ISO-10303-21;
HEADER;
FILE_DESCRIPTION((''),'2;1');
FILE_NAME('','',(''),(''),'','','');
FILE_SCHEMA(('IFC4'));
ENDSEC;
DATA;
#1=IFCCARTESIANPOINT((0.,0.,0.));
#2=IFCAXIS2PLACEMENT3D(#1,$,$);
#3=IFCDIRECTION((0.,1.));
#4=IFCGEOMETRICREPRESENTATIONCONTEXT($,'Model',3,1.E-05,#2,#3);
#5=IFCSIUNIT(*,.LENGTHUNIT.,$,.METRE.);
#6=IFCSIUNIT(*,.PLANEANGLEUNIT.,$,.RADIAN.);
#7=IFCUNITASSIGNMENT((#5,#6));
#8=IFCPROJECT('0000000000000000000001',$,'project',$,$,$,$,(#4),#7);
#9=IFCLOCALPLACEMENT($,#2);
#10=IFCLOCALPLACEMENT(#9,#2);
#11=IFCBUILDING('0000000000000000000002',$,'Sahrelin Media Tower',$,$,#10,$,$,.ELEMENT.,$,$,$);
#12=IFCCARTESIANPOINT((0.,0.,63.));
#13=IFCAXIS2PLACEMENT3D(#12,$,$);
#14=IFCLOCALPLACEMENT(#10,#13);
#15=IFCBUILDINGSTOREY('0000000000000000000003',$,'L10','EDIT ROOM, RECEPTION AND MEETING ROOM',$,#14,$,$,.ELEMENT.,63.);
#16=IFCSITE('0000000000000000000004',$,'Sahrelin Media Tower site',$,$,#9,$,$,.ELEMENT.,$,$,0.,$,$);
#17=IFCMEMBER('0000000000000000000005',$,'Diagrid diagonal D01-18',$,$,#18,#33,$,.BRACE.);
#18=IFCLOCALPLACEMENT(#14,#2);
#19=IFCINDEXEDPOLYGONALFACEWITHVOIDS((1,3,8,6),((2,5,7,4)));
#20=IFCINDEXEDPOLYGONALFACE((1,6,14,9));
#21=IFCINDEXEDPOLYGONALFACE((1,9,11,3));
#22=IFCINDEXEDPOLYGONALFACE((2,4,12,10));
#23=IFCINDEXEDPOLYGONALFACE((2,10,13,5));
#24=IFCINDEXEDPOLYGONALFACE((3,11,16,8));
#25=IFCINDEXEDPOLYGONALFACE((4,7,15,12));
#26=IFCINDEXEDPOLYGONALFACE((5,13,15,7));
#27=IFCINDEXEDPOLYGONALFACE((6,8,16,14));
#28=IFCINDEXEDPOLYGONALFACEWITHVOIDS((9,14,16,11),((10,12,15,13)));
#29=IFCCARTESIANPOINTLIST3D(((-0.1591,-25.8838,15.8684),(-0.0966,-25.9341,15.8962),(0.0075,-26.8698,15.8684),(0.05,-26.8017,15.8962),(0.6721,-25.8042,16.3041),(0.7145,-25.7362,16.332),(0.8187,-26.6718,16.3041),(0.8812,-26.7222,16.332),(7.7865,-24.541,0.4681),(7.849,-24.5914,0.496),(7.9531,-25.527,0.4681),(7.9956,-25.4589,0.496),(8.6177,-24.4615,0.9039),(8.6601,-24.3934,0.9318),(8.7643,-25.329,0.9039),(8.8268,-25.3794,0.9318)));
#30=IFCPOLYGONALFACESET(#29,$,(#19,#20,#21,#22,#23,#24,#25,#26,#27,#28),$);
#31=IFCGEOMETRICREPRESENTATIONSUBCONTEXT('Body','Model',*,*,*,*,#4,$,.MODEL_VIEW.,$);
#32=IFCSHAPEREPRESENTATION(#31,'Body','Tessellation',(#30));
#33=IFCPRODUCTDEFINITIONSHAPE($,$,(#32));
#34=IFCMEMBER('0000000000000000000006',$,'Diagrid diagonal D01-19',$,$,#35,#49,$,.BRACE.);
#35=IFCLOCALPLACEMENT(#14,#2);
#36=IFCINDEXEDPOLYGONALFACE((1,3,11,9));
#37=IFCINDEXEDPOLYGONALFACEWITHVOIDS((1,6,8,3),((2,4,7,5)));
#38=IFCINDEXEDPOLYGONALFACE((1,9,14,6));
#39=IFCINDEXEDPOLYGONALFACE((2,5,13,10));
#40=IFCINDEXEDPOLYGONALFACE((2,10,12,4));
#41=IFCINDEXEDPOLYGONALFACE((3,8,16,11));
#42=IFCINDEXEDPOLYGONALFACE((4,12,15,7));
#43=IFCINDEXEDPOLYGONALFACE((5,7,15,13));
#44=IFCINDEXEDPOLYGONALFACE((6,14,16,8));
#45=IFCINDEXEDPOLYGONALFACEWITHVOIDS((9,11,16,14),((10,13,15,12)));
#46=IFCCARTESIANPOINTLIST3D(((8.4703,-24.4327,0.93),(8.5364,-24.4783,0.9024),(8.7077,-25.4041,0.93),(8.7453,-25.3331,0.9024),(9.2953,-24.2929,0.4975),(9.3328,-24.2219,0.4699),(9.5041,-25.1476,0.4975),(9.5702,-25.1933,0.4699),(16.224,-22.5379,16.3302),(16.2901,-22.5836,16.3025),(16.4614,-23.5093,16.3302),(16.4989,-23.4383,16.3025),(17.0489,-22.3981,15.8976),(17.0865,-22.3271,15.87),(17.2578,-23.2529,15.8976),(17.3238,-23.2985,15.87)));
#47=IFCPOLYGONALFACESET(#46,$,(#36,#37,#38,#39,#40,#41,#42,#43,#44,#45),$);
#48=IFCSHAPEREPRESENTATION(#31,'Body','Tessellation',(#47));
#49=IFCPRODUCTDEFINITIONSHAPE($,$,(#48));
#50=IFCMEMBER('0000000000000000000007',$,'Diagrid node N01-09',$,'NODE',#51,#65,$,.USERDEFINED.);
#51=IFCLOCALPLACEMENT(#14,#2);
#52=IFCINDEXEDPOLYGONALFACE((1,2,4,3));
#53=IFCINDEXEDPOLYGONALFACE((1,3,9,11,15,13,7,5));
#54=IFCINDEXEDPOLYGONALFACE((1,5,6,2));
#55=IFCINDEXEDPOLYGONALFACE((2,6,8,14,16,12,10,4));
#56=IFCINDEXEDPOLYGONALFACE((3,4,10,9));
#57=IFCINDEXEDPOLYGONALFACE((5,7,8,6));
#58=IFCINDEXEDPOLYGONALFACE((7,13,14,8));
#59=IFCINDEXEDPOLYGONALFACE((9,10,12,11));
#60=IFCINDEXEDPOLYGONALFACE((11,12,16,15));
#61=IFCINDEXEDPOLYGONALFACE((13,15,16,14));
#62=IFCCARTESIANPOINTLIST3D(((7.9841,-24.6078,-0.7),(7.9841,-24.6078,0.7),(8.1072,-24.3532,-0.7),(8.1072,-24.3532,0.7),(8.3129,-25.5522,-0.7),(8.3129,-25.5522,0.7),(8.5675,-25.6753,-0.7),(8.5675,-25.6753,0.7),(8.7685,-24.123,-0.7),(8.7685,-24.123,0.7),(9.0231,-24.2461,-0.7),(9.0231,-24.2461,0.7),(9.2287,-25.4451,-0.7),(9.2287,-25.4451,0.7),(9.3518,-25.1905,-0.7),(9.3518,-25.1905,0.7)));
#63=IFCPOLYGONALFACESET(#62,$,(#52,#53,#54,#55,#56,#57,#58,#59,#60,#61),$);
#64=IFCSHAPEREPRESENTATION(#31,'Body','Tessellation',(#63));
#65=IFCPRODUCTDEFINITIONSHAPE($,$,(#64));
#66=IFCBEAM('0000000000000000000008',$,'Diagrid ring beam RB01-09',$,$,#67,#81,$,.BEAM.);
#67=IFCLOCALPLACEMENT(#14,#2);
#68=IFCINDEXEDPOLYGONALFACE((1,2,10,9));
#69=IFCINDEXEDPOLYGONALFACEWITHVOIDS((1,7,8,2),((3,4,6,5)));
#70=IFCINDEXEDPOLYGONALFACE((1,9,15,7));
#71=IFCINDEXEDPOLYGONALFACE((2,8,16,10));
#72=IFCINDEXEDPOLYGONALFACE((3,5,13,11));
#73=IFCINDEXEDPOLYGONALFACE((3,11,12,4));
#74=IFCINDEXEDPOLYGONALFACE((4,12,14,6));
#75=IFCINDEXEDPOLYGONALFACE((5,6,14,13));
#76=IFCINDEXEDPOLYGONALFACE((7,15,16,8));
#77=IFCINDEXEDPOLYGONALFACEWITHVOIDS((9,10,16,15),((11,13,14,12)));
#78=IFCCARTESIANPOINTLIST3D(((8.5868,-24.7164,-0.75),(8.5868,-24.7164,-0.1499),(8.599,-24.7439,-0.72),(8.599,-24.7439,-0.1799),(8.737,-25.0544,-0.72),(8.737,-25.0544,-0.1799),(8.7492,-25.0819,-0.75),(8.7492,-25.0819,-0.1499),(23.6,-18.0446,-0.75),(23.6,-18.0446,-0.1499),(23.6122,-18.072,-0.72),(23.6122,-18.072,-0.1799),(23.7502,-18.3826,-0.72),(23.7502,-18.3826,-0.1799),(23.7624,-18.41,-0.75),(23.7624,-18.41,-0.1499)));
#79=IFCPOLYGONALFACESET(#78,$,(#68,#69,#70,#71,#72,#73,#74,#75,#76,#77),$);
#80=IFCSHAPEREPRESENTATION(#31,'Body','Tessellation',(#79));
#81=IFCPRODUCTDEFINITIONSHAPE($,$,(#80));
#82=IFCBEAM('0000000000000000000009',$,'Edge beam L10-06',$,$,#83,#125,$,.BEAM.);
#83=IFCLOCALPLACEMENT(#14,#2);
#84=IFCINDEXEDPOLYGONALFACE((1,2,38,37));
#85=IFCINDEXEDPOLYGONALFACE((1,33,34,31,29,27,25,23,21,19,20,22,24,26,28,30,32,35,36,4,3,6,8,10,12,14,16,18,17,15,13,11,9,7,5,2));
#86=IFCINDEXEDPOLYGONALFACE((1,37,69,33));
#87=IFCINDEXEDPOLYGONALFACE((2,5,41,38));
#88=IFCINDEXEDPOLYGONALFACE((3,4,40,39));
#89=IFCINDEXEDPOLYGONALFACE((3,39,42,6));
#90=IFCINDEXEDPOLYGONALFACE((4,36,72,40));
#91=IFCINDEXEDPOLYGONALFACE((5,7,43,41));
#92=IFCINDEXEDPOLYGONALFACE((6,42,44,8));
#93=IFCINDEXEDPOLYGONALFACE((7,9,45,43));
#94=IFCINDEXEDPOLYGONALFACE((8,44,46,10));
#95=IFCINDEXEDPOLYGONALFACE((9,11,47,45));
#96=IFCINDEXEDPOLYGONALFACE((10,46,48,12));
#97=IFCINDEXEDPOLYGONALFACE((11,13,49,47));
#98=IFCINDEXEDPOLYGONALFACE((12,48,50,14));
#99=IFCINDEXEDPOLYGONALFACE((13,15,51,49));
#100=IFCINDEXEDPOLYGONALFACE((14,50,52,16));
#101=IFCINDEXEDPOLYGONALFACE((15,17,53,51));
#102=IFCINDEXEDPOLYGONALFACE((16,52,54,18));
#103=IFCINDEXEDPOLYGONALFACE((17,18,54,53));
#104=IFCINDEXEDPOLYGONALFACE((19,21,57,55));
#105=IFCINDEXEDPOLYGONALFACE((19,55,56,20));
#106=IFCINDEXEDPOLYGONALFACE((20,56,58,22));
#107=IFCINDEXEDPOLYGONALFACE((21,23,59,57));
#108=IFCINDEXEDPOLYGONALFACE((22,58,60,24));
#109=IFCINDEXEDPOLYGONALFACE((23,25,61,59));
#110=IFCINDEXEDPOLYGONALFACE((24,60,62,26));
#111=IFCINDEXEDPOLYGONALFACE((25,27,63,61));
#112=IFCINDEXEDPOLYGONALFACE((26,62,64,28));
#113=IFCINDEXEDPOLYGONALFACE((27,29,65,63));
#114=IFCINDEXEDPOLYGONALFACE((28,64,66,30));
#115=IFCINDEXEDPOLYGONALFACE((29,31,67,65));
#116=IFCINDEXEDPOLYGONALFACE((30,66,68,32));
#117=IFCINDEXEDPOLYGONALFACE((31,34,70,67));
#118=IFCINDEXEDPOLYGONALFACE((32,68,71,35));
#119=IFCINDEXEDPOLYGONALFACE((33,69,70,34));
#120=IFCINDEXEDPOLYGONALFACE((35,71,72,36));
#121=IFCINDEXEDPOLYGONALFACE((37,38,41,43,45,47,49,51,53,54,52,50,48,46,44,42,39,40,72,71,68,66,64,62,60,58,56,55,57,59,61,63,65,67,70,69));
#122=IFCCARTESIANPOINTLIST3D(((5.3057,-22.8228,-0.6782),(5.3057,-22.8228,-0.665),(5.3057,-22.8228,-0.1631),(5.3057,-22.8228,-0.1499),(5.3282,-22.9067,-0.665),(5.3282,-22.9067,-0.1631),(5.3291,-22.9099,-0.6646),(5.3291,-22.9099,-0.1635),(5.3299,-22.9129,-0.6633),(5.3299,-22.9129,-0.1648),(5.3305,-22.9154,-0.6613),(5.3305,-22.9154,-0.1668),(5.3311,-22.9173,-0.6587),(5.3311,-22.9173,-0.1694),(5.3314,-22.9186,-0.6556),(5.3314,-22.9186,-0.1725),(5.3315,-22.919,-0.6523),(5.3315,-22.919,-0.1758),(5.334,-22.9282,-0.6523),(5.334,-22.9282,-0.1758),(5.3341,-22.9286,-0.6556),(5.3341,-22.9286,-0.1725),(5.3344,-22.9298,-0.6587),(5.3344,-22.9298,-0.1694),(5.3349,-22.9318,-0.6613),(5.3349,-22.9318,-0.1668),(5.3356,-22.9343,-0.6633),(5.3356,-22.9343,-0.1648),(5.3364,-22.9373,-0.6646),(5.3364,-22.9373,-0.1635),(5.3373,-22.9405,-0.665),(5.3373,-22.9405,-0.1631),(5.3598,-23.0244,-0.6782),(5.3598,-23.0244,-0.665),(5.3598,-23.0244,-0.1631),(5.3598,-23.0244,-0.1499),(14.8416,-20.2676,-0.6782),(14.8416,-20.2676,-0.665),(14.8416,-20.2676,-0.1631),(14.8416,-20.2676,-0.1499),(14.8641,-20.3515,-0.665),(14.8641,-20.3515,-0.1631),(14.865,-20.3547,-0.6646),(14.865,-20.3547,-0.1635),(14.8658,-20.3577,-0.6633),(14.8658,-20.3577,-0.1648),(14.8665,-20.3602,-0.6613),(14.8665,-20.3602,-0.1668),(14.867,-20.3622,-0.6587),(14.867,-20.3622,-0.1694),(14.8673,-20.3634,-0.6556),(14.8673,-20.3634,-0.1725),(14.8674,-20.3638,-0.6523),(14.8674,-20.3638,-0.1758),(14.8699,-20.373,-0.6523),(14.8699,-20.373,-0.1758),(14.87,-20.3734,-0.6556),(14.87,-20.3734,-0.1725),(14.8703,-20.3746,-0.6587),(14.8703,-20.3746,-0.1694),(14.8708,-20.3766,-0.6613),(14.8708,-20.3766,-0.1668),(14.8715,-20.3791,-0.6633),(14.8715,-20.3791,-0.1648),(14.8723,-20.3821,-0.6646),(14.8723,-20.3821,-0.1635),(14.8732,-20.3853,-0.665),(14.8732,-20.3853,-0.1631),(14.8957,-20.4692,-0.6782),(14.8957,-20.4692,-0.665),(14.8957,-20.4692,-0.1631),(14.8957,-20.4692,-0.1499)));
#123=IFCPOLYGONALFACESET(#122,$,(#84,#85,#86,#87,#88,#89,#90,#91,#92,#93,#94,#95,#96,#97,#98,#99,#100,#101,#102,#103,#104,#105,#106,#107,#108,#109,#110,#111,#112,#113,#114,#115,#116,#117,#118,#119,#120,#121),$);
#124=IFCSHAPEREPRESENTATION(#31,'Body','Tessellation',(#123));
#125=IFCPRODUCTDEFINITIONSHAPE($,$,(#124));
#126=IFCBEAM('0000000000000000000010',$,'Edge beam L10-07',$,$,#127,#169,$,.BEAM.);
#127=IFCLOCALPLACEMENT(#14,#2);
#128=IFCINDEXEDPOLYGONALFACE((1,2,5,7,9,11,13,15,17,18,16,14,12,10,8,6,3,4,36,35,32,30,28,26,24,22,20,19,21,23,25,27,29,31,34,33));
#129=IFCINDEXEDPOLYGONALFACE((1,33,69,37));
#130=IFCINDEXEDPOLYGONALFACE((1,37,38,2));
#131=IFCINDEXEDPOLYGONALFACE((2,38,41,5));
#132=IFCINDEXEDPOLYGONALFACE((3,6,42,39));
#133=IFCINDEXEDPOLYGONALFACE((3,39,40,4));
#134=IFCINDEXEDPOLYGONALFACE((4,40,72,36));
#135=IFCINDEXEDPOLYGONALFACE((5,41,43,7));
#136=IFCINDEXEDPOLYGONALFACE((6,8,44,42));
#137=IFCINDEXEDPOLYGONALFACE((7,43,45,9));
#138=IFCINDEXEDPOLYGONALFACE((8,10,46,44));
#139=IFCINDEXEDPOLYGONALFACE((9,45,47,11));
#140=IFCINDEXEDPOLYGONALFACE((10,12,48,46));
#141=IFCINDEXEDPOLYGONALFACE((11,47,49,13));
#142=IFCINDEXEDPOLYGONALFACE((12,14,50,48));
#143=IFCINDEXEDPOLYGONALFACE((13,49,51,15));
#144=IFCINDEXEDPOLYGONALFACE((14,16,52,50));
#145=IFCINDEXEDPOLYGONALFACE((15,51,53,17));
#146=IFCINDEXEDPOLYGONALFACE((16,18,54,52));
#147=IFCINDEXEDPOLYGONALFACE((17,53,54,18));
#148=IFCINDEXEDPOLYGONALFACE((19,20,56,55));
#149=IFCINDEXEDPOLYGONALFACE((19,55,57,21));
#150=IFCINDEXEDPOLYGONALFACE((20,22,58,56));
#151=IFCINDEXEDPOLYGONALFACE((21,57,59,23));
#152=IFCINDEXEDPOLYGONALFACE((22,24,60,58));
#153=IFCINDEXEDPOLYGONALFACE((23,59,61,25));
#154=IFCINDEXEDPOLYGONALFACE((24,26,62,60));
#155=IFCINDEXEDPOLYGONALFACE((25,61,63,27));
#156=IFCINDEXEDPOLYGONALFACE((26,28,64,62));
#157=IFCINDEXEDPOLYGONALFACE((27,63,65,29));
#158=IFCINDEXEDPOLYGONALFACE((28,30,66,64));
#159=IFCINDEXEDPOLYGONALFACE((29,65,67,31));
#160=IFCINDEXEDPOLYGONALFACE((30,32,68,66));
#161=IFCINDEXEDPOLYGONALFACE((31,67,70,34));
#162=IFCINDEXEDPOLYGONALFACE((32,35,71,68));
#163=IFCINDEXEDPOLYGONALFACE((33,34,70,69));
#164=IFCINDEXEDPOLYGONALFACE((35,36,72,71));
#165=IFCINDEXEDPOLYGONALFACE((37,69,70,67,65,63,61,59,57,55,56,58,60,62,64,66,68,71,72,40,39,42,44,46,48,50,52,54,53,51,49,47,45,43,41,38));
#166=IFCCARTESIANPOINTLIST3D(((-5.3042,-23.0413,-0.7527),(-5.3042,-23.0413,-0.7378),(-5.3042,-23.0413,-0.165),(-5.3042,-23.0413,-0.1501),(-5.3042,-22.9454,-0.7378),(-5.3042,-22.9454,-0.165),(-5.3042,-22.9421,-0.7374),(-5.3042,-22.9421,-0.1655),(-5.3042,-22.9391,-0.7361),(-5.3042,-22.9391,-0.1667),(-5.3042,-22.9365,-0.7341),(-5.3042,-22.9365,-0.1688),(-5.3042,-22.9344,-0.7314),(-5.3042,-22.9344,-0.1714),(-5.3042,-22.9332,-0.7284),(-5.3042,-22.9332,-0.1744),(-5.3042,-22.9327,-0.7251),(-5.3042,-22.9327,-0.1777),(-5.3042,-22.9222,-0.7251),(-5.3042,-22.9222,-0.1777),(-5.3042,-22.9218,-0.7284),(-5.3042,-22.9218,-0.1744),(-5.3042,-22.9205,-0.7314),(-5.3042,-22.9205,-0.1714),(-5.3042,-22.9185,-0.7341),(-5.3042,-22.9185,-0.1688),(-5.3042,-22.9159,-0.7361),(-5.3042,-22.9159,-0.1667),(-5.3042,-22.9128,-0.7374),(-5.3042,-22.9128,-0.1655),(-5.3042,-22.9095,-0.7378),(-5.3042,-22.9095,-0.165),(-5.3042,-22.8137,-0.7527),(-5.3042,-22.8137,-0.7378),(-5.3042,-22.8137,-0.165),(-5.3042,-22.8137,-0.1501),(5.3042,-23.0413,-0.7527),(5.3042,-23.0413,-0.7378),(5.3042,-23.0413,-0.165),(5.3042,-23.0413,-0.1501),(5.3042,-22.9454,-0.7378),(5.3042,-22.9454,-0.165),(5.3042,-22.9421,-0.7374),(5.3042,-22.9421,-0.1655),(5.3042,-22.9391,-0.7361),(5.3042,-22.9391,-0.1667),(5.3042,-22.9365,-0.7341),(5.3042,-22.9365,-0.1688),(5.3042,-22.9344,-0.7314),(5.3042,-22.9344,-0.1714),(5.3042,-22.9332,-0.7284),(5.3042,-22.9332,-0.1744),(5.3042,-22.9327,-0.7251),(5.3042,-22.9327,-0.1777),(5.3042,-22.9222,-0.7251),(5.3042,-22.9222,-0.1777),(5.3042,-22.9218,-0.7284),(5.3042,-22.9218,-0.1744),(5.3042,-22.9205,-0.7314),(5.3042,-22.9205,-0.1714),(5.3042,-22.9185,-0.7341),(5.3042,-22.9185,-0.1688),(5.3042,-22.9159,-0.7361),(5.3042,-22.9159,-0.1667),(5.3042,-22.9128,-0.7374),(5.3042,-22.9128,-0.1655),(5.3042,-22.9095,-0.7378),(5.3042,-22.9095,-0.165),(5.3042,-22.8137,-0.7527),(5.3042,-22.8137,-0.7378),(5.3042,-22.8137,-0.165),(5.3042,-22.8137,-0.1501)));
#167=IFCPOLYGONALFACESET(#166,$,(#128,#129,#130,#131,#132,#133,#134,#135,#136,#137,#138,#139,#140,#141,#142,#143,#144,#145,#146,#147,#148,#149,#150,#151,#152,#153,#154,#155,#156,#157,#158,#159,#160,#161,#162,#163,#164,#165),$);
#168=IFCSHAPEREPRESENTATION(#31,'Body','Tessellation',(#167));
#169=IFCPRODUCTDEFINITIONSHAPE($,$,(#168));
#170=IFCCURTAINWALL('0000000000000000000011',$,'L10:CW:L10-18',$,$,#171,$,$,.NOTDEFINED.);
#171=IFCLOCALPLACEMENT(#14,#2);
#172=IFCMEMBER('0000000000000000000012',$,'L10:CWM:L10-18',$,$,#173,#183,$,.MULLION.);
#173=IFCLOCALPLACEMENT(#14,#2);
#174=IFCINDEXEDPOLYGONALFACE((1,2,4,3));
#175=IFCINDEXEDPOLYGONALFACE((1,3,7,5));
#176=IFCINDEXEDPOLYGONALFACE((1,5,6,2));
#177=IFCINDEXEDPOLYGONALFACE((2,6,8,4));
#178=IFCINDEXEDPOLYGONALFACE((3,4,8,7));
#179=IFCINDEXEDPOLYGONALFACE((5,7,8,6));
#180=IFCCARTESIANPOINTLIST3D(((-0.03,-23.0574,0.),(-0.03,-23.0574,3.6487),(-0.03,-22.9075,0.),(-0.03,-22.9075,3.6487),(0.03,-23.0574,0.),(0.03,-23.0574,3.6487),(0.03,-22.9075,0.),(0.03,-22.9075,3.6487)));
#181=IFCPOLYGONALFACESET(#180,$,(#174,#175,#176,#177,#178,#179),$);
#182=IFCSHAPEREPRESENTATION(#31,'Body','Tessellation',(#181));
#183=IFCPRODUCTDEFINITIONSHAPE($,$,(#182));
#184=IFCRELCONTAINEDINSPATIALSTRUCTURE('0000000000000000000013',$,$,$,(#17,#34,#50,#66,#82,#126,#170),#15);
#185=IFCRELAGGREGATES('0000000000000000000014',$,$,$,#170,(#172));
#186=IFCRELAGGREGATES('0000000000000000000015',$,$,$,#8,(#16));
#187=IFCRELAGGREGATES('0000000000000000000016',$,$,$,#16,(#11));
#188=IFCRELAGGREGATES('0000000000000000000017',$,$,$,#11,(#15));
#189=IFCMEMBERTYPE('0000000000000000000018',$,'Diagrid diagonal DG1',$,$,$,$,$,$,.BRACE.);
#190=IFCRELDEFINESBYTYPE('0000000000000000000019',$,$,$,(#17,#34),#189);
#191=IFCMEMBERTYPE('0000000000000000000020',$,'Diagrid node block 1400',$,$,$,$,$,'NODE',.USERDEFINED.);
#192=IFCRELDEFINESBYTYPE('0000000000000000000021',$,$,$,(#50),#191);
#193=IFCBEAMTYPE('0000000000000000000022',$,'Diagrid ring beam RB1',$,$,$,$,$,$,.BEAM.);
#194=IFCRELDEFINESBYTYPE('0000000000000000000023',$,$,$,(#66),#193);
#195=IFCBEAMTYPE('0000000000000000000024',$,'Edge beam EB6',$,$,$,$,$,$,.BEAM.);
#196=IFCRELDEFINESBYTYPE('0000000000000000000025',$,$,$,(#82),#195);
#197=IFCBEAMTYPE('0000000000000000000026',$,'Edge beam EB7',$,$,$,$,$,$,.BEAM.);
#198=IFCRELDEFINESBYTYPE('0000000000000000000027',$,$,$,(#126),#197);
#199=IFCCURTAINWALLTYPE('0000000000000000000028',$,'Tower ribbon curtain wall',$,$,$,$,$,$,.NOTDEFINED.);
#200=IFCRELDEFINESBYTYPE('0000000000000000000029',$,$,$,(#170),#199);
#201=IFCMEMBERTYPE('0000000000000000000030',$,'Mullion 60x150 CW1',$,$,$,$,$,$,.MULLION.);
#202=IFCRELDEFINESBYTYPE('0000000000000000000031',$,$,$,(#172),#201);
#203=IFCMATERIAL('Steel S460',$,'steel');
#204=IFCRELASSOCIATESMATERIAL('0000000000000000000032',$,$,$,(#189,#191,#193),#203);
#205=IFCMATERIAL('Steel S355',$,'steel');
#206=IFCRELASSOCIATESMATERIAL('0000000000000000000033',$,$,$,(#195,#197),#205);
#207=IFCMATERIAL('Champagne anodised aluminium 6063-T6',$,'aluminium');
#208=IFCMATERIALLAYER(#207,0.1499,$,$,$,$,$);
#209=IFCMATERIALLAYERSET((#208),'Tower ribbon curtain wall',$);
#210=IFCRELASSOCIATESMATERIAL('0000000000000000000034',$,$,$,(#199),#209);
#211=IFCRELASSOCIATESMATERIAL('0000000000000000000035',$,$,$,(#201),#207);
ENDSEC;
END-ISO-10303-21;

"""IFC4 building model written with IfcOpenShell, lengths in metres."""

from ifc_helpers import new_model, si_unit, direction, frame, origin, origin_2d, place, context, subcontext, project, spatial, polyline, rectangle, hollow_rectangle, i_section, outline, extrude, material, layer, layer_set, material_profile, profile_set, type_object, element, aggregate, save


model = new_model("IFC4")

# Units and contexts
model_context = context("Model", 3, precision=1e-05, world=origin(), true_north=direction((0.0, 1.0)))
body_context = subcontext(model_context, "Body", "Model", "MODEL_VIEW")
ifc_project = project(units=[si_unit("LENGTHUNIT", "METRE"), si_unit("PLANEANGLEUNIT", "RADIAN")], contexts=[model_context])

# Site, building, storey
site_placement = place(None, origin())
site = spatial("IfcSite", under=ifc_project, at=site_placement, Name="Sahrelin Media Tower site", CompositionType="ELEMENT", RefElevation=0.0)
building_placement = place(site_placement, origin())
building = spatial("IfcBuilding", under=site, at=building_placement, Name="Sahrelin Media Tower", CompositionType="ELEMENT")
storey_placement = place(building_placement, frame((0.0, 0.0, 63.0)))
storey = spatial("IfcBuildingStorey", under=building, at=storey_placement, Name="L10", Description="EDIT ROOM, RECEPTION AND MEETING ROOM", CompositionType="ELEMENT", Elevation=63.0)

# Members
ifc_material_1 = material(Name="Steel S460", Category="steel")
ifc_material_profile_1 = material_profile(ifc_material_1, hollow_rectangle(XDim=1.0, YDim=1.0, WallThickness=0.0601, at=origin_2d()), Name="Diagrid diagonal DG1")
ifc_profile_set_1 = profile_set([ifc_material_profile_1], Name="Steel S460")
member_type_1 = type_object("IfcMemberType", Name="Diagrid diagonal DG1", PredefinedType="BRACE", material=ifc_profile_set_1)
member_1_placement = place(storey_placement, frame((8.3066, -24.9602, 0.7), z_axis=(-0.45714, -0.077255, 0.886033), x_axis=(0.166634, -0.986019, 0.0)))
element("IfcMember", 1, at=member_1_placement, inside=storey, type_object=member_type_1, Name="Diagrid diagonal D01-18", PredefinedType="BRACE", context=body_context, shape_type="SweptSolid", body=[
    extrude(hollow_rectangle(XDim=1.0, YDim=1.0, WallThickness=0.0601, at=origin_2d()), origin(), (0.0, 0.0, 1.0), 17.3811),
])
member_2_placement = place(storey_placement, frame((9.0203, -24.813, 0.7), z_axis=(0.447007, 0.109236, 0.887836), x_axis=(-0.237386, 0.971415, 0.0)))
element("IfcMember", 2, at=member_2_placement, inside=storey, type_object=member_type_1, Name="Diagrid diagonal D01-19", PredefinedType="BRACE", context=body_context, shape_type="SweptSolid", body=[
    extrude(hollow_rectangle(XDim=1.0, YDim=1.0, WallThickness=0.0601, at=origin_2d()), origin(), (0.0, 0.0, 1.0), 17.3457),
])
ifc_material_profile_2 = material_profile(ifc_material_1, outline(polyline([(0.5, -0.55), (0.7, -0.3501), (0.7, 0.3501), (0.5, 0.55), (-0.5, 0.55), (-0.7, 0.3501), (-0.7, -0.3501), (-0.5, -0.55), (0.5, -0.55)])), Name="Diagrid node block 1400")
ifc_profile_set_2 = profile_set([ifc_material_profile_2], Name="Steel S460")
member_type_2 = type_object("IfcMemberType", Name="Diagrid node block 1400", ElementType="NODE", PredefinedType="USERDEFINED", material=ifc_profile_set_2)
member_3_placement = place(storey_placement, frame((8.668, -24.8992, -0.7), z_axis=(0.0, 0.0, 1.0), x_axis=(0.328769, -0.94441, 0.0)))
element("IfcMember", 3, at=member_3_placement, inside=storey, type_object=member_type_2, Name="Diagrid node N01-09", ObjectType="NODE", PredefinedType="USERDEFINED", context=body_context, shape_type="SweptSolid", body=[
    extrude(outline(polyline([(0.5, -0.55), (0.7, -0.3501), (0.7, 0.3501), (0.5, 0.55), (-0.5, 0.55), (-0.7, 0.3501), (-0.7, -0.3501), (-0.5, -0.55), (0.5, -0.55)])), origin(), (0.0, 0.0, 1.0), 1.3999),
])

# Beams
ifc_material_profile_3 = material_profile(ifc_material_1, hollow_rectangle(XDim=0.3999, YDim=0.6001, WallThickness=0.03, at=origin_2d()), Name="Diagrid ring beam RB1")
ifc_profile_set_3 = profile_set([ifc_material_profile_3], Name="Steel S460")
beam_type_1 = type_object("IfcBeamType", Name="Diagrid ring beam RB1", PredefinedType="BEAM", material=ifc_profile_set_3)
beam_1_placement = place(storey_placement, frame((8.668, -24.8992, -0.45), z_axis=(0.913826, 0.406105, 0.0), x_axis=(-0.406105, 0.913826, 0.0)))
element("IfcBeam", 4, at=beam_1_placement, inside=storey, type_object=beam_type_1, Name="Diagrid ring beam RB01-09", PredefinedType="BEAM", context=body_context, shape_type="SweptSolid", body=[
    extrude(hollow_rectangle(XDim=0.3999, YDim=0.6001, WallThickness=0.03, at=origin_2d()), origin(), (0.0, 0.0, 1.0), 16.429),
])
ifc_material_2 = material(Name="Steel S355", Category="steel")
ifc_material_profile_4 = material_profile(ifc_material_2, i_section(OverallWidth=0.2087, OverallDepth=0.5283, WebThickness=0.0095, FlangeThickness=0.0132, FilletRadius=0.0127, at=origin_2d()), Name="UB 533x210x82")
ifc_profile_set_4 = profile_set([ifc_material_profile_4], Name="Steel S355")
beam_type_2 = type_object("IfcBeamType", Name="Edge beam EB6", PredefinedType="BEAM", material=ifc_profile_set_4)
beam_2_placement = place(storey_placement, frame((14.8687, -20.3684, -0.4141), z_axis=(-0.965925, -0.258823, 0.0), x_axis=(0.258823, -0.965925, 0.0)))
element("IfcBeam", 5, at=beam_2_placement, inside=storey, type_object=beam_type_2, Name="Edge beam L10-06", PredefinedType="BEAM", context=body_context, shape_type="SweptSolid", body=[
    extrude(i_section(OverallWidth=0.2087, OverallDepth=0.5283, WebThickness=0.0095, FlangeThickness=0.0132, FilletRadius=0.0127, at=origin_2d()), origin(), (0.0, 0.0, 1.0), 9.8723),
])
ifc_material_profile_5 = material_profile(ifc_material_2, i_section(OverallWidth=0.2275, OverallDepth=0.6025, WebThickness=0.0105, FlangeThickness=0.0149, FilletRadius=0.0127, at=origin_2d()), Name="UB 610x229x101")
ifc_profile_set_5 = profile_set([ifc_material_profile_5], Name="Steel S355")
beam_type_3 = type_object("IfcBeamType", Name="Edge beam EB7", PredefinedType="BEAM", material=ifc_profile_set_5)
beam_3_placement = place(storey_placement, frame((5.3042, -22.9275, -0.4514), z_axis=(-1.0, 0.0, 0.0), x_axis=(0.0, -1.0, 0.0)))
element("IfcBeam", 6, at=beam_3_placement, inside=storey, type_object=beam_type_3, Name="Edge beam L10-07", PredefinedType="BEAM", context=body_context, shape_type="SweptSolid", body=[
    extrude(i_section(OverallWidth=0.2275, OverallDepth=0.6025, WebThickness=0.0105, FlangeThickness=0.0149, FilletRadius=0.0127, at=origin_2d()), origin(), (0.0, 0.0, 1.0), 10.6084),
])

# Curtain wall, member
ifc_material_3 = material(Name="Champagne anodised aluminium 6063-T6", Category="aluminium")
ifc_layer_1 = layer(ifc_material_3, 0.1499)
ifc_layer_set_1 = layer_set([ifc_layer_1], Name="Tower ribbon curtain wall")
curtain_wall_type = type_object("IfcCurtainWallType", Name="Tower ribbon curtain wall", PredefinedType="NOTDEFINED", material=ifc_layer_set_1)
curtain_wall_1_placement = place(storey_placement, frame((0.0, -23.0774, 0.0), z_axis=(0.0, 0.0, 1.0), x_axis=(1.0, 0.0, 0.0)))
curtain_wall_1 = element("IfcCurtainWall", 7, at=curtain_wall_1_placement, inside=storey, type_object=curtain_wall_type, Name="L10:CW:L10-18", PredefinedType="NOTDEFINED")
ifc_material_profile_6 = material_profile(ifc_material_3, rectangle(XDim=0.0601, YDim=0.1499, at=origin_2d()), Name="Mullion 60x150")
ifc_profile_set_6 = profile_set([ifc_material_profile_6], Name="Champagne anodised aluminium 6063-T6")
member_type_3 = type_object("IfcMemberType", Name="Mullion 60x150 CW1", PredefinedType="MULLION", material=ifc_profile_set_6)
member_4_placement = place(storey_placement, frame((0.0, -22.9824, 0.0), z_axis=(0.0, 0.0, 1.0), x_axis=(1.0, 0.0, 0.0)))
member_4 = element("IfcMember", 8, at=member_4_placement, type_object=member_type_3, Name="L10:CWM:L10-18", PredefinedType="MULLION", context=body_context, shape_type="SweptSolid", body=[
    extrude(rectangle(XDim=0.0601, YDim=0.1499, at=origin_2d()), origin(), (0.0, 0.0, 1.0), 3.6487),
])
aggregate(curtain_wall_1, [member_4])

save(model, "model.ifc")
